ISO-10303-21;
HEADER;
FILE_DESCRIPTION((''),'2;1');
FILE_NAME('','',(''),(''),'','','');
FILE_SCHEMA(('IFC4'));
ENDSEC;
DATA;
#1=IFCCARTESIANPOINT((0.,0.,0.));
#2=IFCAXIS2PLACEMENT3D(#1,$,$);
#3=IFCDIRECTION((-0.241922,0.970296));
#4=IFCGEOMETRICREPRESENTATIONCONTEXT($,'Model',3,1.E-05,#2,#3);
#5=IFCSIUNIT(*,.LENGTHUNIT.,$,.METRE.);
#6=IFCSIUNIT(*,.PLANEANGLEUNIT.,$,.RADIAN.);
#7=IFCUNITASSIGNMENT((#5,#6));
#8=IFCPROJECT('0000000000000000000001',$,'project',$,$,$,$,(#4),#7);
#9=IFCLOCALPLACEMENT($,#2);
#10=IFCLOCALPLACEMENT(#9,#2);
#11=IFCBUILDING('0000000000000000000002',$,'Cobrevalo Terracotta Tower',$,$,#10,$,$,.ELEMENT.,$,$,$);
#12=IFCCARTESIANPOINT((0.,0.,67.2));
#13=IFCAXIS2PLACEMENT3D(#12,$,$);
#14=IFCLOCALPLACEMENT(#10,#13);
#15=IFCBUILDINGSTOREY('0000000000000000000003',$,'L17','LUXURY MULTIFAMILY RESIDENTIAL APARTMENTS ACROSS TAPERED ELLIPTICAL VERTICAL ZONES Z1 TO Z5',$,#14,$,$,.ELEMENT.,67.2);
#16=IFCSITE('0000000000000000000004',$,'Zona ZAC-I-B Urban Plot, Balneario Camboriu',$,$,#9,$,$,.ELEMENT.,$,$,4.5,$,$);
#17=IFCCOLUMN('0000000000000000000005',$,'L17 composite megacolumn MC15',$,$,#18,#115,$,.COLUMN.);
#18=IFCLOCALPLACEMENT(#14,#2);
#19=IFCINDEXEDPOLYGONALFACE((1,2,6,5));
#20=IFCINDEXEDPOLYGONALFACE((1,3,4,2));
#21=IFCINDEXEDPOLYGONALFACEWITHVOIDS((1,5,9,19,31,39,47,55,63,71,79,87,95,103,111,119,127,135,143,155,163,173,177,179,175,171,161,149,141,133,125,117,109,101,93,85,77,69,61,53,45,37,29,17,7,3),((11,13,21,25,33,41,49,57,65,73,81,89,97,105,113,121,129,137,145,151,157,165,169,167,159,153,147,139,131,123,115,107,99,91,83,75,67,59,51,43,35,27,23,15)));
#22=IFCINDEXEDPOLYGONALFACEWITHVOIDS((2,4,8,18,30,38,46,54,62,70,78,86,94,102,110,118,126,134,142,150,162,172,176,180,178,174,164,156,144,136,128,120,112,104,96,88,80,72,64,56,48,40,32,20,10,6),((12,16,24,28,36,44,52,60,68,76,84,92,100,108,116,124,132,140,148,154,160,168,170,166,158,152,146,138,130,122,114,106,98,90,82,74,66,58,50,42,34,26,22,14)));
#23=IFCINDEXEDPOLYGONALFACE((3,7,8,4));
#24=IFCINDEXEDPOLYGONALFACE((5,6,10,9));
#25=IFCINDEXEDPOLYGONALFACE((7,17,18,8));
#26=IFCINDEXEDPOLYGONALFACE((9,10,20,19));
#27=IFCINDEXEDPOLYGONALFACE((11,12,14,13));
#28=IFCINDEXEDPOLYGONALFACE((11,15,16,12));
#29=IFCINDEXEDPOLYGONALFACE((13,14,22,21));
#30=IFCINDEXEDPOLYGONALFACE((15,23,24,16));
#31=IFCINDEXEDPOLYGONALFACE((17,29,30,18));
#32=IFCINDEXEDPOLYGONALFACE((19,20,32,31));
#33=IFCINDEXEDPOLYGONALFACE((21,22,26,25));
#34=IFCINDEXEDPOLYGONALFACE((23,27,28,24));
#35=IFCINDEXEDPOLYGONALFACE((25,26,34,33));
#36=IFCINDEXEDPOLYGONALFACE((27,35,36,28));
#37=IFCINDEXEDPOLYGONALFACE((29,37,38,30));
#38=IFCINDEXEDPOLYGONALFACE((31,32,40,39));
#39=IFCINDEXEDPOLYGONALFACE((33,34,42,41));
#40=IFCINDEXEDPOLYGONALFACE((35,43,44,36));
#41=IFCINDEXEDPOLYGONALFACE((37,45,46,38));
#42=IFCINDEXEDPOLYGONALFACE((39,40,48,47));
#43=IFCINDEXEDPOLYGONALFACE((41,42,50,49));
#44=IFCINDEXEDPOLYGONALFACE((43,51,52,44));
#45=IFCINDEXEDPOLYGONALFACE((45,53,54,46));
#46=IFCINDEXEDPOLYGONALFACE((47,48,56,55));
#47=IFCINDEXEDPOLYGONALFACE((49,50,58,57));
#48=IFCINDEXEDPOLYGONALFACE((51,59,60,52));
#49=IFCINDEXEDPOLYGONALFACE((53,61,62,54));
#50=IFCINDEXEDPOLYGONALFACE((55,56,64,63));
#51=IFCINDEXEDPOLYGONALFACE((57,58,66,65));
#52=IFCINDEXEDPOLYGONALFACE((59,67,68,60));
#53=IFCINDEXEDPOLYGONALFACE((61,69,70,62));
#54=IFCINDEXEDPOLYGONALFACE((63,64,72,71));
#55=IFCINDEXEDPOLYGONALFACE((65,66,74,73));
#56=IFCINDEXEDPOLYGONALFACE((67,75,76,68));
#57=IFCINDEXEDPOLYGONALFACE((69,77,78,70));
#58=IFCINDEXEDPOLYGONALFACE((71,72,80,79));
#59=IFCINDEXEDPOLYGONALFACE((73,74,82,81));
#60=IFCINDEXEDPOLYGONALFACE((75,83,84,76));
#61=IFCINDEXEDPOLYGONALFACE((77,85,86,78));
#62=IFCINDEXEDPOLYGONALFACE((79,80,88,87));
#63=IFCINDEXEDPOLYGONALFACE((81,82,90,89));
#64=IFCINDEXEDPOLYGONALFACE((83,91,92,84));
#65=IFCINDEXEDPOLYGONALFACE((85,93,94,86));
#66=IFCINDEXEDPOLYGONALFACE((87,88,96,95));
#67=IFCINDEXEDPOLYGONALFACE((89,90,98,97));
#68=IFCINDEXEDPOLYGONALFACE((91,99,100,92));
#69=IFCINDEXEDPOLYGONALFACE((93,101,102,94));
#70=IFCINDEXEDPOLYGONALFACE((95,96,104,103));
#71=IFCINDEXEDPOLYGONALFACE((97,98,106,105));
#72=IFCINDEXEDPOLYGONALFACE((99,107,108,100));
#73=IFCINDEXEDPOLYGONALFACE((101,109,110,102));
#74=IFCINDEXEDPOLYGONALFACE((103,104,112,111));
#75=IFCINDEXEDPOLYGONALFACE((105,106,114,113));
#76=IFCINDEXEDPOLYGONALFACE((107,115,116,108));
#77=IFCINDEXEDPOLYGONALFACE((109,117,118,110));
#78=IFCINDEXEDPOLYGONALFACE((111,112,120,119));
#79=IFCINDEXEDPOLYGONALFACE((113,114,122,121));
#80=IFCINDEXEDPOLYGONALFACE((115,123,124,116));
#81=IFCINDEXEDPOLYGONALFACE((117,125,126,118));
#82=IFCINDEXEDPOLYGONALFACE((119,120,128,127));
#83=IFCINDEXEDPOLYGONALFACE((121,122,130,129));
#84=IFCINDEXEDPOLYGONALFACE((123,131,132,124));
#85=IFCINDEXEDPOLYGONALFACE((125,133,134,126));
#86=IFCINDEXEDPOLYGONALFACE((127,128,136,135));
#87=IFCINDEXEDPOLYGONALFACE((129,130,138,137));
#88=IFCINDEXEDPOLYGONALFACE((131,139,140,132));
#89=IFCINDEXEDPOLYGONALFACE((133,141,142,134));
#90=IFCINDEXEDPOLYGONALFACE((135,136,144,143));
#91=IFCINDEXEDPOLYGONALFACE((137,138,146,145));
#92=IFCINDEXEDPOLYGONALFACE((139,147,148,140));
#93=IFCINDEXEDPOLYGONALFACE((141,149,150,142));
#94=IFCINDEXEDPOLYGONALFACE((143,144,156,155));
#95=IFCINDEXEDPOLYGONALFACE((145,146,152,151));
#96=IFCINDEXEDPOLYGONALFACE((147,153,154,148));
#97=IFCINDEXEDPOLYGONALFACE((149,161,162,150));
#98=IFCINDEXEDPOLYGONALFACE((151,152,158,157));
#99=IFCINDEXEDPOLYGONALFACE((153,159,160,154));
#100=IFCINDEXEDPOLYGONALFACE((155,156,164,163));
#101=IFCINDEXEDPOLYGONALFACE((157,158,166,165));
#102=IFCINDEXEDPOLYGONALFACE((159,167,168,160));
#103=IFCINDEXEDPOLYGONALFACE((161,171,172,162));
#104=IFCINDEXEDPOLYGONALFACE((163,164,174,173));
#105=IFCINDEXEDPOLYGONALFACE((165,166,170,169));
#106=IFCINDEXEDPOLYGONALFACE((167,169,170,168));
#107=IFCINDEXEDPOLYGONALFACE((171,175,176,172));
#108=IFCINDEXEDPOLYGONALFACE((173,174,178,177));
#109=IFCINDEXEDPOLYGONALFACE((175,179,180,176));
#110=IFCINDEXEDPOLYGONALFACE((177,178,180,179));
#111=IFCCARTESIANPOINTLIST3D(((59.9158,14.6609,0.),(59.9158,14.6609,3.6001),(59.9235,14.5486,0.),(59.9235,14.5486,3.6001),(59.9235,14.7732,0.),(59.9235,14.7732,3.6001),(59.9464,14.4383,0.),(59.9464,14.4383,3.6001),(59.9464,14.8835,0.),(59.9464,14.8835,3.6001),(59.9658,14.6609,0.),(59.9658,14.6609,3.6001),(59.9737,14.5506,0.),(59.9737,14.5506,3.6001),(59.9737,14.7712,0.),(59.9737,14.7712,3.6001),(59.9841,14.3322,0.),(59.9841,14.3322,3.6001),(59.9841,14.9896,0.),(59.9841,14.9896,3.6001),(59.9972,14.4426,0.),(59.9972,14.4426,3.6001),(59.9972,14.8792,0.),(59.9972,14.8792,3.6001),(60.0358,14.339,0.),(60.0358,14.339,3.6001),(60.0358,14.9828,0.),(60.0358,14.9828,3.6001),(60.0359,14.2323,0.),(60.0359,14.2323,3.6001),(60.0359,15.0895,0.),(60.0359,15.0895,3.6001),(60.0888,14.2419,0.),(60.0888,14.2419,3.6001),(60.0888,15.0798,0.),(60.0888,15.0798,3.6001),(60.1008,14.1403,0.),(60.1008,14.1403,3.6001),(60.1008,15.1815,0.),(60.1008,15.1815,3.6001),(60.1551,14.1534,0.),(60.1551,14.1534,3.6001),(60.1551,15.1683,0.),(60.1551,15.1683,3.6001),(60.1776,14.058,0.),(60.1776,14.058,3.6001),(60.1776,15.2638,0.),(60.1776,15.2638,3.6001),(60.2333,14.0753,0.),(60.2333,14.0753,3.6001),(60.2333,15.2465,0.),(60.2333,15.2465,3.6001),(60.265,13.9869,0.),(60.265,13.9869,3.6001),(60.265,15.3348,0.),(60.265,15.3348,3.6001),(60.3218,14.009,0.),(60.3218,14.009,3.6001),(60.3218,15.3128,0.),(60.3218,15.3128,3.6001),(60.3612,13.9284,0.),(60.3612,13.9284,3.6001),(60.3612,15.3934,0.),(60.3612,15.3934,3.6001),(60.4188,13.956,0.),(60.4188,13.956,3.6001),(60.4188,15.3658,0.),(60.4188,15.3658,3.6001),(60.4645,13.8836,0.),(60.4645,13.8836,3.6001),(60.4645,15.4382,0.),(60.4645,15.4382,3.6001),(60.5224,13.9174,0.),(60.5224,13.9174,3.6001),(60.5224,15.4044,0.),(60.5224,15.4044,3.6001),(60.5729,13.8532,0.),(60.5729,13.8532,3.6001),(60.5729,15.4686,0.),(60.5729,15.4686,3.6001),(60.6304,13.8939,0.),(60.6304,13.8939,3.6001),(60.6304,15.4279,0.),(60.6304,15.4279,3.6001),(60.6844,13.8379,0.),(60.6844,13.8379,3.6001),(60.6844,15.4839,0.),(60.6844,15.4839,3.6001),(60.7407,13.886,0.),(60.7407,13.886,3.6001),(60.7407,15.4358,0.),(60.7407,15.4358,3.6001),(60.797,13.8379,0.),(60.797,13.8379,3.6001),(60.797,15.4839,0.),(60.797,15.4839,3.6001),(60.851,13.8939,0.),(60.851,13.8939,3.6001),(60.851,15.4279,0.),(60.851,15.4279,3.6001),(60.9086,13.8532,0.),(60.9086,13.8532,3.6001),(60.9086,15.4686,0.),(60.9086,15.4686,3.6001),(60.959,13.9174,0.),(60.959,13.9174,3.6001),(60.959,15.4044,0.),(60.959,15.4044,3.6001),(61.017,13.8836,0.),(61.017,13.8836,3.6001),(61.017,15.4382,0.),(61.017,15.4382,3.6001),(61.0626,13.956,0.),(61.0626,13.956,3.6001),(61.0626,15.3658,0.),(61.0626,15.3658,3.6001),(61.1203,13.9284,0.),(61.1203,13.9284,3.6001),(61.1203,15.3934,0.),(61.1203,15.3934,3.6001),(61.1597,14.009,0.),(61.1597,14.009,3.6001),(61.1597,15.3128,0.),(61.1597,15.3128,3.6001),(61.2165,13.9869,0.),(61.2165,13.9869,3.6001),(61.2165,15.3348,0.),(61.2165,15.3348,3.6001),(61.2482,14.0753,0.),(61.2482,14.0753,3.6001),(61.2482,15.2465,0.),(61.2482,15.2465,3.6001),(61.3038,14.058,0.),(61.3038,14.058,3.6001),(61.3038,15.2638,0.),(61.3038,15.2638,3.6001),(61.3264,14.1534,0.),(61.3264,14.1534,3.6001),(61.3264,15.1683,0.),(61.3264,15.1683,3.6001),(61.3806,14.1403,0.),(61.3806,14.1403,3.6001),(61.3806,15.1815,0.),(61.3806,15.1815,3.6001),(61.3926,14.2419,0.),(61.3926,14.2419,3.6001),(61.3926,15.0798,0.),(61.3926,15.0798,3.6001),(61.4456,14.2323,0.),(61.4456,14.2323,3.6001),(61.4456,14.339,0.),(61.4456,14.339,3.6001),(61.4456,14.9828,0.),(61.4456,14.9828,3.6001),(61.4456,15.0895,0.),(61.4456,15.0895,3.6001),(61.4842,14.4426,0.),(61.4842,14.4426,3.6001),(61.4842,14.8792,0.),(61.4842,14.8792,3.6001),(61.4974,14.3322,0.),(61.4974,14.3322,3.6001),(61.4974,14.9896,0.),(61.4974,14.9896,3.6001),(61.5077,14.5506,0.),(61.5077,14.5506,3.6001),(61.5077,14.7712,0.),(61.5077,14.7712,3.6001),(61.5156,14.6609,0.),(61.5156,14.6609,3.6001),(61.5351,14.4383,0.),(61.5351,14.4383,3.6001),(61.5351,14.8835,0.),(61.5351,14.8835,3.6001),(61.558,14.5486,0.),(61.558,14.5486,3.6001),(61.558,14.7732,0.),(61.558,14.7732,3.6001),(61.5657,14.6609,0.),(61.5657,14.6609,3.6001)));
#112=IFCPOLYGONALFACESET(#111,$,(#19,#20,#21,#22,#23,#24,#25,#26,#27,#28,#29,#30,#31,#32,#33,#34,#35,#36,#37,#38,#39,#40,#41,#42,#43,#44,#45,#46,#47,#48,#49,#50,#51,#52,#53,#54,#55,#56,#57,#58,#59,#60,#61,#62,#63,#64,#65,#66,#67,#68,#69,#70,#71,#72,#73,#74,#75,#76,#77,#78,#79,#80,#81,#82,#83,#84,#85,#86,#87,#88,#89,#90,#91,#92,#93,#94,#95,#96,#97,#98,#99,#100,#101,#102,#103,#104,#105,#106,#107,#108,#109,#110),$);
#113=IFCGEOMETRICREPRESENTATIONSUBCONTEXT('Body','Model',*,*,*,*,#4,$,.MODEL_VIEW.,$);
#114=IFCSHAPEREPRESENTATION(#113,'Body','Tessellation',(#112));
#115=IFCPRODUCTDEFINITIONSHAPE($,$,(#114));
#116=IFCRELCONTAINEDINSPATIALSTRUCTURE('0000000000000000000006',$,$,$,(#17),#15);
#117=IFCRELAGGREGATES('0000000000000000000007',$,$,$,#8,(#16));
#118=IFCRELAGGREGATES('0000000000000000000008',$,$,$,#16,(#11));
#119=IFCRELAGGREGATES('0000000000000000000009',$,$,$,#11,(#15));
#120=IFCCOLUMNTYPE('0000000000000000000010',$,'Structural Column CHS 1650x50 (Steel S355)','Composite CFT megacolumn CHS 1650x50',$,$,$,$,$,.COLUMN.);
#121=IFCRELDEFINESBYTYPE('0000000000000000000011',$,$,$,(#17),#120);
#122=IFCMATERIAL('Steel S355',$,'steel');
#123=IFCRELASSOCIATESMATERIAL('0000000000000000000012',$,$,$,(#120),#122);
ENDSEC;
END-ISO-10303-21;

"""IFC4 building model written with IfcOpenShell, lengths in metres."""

from ifc_helpers import new_model, si_unit, direction, frame, origin, origin_2d, place, context, subcontext, project, spatial, hollow_circle, extrude, material, material_profile, profile_set, type_object, element, save


model = new_model("IFC4")

# Units and contexts
model_context = context("Model", 3, precision=1e-05, world=origin(), true_north=direction((-0.241922, 0.970296)))
body_context = subcontext(model_context, "Body", "Model", "MODEL_VIEW")
ifc_project = project(units=[si_unit("LENGTHUNIT", "METRE"), si_unit("PLANEANGLEUNIT", "RADIAN")], contexts=[model_context])

# Site, building, storey
site_placement = place(None, origin())
site = spatial("IfcSite", under=ifc_project, at=site_placement, Name="Zona ZAC-I-B Urban Plot, Balneario Camboriu", CompositionType="ELEMENT", RefElevation=4.5)
building_placement = place(site_placement, origin())
building = spatial("IfcBuilding", under=site, at=building_placement, Name="Cobrevalo Terracotta Tower", CompositionType="ELEMENT")
storey_placement = place(building_placement, frame((0.0, 0.0, 67.2)))
storey = spatial("IfcBuildingStorey", under=building, at=storey_placement, Name="L17", Description="LUXURY MULTIFAMILY RESIDENTIAL APARTMENTS ACROSS TAPERED ELLIPTICAL VERTICAL ZONES Z1 TO Z5", CompositionType="ELEMENT", Elevation=67.2)

# Column
ifc_material_1 = material(Name="Steel S355", Category="steel")
ifc_material_profile_1 = material_profile(ifc_material_1, hollow_circle(Radius=0.825, WallThickness=0.05, at=origin_2d()), Name="CHS 1650x50")
ifc_profile_set_1 = profile_set([ifc_material_profile_1], Name="Steel S355")
column_type = type_object("IfcColumnType", Name="Structural Column CHS 1650x50 (Steel S355)", Description="Composite CFT megacolumn CHS 1650x50", PredefinedType="COLUMN", material=ifc_profile_set_1)
for number, where, z_axis, x_axis, name in (
    (1, (60.7407, 14.6609, 0.0), (0.0, 0.0, 1.0), (1.0, 0.0, 0.0), "L17 composite megacolumn MC15"),
):
    element("IfcColumn", number, at=place(storey_placement, frame(where, z_axis=z_axis, x_axis=x_axis)), inside=storey, type_object=column_type, Name=name, PredefinedType="COLUMN", context=body_context, shape_type="SweptSolid", body=[
        extrude(hollow_circle(Radius=0.825, WallThickness=0.05, at=origin_2d()), origin(), (0.0, 0.0, 1.0), 3.6001),
    ])

save(model, "model.ifc")
